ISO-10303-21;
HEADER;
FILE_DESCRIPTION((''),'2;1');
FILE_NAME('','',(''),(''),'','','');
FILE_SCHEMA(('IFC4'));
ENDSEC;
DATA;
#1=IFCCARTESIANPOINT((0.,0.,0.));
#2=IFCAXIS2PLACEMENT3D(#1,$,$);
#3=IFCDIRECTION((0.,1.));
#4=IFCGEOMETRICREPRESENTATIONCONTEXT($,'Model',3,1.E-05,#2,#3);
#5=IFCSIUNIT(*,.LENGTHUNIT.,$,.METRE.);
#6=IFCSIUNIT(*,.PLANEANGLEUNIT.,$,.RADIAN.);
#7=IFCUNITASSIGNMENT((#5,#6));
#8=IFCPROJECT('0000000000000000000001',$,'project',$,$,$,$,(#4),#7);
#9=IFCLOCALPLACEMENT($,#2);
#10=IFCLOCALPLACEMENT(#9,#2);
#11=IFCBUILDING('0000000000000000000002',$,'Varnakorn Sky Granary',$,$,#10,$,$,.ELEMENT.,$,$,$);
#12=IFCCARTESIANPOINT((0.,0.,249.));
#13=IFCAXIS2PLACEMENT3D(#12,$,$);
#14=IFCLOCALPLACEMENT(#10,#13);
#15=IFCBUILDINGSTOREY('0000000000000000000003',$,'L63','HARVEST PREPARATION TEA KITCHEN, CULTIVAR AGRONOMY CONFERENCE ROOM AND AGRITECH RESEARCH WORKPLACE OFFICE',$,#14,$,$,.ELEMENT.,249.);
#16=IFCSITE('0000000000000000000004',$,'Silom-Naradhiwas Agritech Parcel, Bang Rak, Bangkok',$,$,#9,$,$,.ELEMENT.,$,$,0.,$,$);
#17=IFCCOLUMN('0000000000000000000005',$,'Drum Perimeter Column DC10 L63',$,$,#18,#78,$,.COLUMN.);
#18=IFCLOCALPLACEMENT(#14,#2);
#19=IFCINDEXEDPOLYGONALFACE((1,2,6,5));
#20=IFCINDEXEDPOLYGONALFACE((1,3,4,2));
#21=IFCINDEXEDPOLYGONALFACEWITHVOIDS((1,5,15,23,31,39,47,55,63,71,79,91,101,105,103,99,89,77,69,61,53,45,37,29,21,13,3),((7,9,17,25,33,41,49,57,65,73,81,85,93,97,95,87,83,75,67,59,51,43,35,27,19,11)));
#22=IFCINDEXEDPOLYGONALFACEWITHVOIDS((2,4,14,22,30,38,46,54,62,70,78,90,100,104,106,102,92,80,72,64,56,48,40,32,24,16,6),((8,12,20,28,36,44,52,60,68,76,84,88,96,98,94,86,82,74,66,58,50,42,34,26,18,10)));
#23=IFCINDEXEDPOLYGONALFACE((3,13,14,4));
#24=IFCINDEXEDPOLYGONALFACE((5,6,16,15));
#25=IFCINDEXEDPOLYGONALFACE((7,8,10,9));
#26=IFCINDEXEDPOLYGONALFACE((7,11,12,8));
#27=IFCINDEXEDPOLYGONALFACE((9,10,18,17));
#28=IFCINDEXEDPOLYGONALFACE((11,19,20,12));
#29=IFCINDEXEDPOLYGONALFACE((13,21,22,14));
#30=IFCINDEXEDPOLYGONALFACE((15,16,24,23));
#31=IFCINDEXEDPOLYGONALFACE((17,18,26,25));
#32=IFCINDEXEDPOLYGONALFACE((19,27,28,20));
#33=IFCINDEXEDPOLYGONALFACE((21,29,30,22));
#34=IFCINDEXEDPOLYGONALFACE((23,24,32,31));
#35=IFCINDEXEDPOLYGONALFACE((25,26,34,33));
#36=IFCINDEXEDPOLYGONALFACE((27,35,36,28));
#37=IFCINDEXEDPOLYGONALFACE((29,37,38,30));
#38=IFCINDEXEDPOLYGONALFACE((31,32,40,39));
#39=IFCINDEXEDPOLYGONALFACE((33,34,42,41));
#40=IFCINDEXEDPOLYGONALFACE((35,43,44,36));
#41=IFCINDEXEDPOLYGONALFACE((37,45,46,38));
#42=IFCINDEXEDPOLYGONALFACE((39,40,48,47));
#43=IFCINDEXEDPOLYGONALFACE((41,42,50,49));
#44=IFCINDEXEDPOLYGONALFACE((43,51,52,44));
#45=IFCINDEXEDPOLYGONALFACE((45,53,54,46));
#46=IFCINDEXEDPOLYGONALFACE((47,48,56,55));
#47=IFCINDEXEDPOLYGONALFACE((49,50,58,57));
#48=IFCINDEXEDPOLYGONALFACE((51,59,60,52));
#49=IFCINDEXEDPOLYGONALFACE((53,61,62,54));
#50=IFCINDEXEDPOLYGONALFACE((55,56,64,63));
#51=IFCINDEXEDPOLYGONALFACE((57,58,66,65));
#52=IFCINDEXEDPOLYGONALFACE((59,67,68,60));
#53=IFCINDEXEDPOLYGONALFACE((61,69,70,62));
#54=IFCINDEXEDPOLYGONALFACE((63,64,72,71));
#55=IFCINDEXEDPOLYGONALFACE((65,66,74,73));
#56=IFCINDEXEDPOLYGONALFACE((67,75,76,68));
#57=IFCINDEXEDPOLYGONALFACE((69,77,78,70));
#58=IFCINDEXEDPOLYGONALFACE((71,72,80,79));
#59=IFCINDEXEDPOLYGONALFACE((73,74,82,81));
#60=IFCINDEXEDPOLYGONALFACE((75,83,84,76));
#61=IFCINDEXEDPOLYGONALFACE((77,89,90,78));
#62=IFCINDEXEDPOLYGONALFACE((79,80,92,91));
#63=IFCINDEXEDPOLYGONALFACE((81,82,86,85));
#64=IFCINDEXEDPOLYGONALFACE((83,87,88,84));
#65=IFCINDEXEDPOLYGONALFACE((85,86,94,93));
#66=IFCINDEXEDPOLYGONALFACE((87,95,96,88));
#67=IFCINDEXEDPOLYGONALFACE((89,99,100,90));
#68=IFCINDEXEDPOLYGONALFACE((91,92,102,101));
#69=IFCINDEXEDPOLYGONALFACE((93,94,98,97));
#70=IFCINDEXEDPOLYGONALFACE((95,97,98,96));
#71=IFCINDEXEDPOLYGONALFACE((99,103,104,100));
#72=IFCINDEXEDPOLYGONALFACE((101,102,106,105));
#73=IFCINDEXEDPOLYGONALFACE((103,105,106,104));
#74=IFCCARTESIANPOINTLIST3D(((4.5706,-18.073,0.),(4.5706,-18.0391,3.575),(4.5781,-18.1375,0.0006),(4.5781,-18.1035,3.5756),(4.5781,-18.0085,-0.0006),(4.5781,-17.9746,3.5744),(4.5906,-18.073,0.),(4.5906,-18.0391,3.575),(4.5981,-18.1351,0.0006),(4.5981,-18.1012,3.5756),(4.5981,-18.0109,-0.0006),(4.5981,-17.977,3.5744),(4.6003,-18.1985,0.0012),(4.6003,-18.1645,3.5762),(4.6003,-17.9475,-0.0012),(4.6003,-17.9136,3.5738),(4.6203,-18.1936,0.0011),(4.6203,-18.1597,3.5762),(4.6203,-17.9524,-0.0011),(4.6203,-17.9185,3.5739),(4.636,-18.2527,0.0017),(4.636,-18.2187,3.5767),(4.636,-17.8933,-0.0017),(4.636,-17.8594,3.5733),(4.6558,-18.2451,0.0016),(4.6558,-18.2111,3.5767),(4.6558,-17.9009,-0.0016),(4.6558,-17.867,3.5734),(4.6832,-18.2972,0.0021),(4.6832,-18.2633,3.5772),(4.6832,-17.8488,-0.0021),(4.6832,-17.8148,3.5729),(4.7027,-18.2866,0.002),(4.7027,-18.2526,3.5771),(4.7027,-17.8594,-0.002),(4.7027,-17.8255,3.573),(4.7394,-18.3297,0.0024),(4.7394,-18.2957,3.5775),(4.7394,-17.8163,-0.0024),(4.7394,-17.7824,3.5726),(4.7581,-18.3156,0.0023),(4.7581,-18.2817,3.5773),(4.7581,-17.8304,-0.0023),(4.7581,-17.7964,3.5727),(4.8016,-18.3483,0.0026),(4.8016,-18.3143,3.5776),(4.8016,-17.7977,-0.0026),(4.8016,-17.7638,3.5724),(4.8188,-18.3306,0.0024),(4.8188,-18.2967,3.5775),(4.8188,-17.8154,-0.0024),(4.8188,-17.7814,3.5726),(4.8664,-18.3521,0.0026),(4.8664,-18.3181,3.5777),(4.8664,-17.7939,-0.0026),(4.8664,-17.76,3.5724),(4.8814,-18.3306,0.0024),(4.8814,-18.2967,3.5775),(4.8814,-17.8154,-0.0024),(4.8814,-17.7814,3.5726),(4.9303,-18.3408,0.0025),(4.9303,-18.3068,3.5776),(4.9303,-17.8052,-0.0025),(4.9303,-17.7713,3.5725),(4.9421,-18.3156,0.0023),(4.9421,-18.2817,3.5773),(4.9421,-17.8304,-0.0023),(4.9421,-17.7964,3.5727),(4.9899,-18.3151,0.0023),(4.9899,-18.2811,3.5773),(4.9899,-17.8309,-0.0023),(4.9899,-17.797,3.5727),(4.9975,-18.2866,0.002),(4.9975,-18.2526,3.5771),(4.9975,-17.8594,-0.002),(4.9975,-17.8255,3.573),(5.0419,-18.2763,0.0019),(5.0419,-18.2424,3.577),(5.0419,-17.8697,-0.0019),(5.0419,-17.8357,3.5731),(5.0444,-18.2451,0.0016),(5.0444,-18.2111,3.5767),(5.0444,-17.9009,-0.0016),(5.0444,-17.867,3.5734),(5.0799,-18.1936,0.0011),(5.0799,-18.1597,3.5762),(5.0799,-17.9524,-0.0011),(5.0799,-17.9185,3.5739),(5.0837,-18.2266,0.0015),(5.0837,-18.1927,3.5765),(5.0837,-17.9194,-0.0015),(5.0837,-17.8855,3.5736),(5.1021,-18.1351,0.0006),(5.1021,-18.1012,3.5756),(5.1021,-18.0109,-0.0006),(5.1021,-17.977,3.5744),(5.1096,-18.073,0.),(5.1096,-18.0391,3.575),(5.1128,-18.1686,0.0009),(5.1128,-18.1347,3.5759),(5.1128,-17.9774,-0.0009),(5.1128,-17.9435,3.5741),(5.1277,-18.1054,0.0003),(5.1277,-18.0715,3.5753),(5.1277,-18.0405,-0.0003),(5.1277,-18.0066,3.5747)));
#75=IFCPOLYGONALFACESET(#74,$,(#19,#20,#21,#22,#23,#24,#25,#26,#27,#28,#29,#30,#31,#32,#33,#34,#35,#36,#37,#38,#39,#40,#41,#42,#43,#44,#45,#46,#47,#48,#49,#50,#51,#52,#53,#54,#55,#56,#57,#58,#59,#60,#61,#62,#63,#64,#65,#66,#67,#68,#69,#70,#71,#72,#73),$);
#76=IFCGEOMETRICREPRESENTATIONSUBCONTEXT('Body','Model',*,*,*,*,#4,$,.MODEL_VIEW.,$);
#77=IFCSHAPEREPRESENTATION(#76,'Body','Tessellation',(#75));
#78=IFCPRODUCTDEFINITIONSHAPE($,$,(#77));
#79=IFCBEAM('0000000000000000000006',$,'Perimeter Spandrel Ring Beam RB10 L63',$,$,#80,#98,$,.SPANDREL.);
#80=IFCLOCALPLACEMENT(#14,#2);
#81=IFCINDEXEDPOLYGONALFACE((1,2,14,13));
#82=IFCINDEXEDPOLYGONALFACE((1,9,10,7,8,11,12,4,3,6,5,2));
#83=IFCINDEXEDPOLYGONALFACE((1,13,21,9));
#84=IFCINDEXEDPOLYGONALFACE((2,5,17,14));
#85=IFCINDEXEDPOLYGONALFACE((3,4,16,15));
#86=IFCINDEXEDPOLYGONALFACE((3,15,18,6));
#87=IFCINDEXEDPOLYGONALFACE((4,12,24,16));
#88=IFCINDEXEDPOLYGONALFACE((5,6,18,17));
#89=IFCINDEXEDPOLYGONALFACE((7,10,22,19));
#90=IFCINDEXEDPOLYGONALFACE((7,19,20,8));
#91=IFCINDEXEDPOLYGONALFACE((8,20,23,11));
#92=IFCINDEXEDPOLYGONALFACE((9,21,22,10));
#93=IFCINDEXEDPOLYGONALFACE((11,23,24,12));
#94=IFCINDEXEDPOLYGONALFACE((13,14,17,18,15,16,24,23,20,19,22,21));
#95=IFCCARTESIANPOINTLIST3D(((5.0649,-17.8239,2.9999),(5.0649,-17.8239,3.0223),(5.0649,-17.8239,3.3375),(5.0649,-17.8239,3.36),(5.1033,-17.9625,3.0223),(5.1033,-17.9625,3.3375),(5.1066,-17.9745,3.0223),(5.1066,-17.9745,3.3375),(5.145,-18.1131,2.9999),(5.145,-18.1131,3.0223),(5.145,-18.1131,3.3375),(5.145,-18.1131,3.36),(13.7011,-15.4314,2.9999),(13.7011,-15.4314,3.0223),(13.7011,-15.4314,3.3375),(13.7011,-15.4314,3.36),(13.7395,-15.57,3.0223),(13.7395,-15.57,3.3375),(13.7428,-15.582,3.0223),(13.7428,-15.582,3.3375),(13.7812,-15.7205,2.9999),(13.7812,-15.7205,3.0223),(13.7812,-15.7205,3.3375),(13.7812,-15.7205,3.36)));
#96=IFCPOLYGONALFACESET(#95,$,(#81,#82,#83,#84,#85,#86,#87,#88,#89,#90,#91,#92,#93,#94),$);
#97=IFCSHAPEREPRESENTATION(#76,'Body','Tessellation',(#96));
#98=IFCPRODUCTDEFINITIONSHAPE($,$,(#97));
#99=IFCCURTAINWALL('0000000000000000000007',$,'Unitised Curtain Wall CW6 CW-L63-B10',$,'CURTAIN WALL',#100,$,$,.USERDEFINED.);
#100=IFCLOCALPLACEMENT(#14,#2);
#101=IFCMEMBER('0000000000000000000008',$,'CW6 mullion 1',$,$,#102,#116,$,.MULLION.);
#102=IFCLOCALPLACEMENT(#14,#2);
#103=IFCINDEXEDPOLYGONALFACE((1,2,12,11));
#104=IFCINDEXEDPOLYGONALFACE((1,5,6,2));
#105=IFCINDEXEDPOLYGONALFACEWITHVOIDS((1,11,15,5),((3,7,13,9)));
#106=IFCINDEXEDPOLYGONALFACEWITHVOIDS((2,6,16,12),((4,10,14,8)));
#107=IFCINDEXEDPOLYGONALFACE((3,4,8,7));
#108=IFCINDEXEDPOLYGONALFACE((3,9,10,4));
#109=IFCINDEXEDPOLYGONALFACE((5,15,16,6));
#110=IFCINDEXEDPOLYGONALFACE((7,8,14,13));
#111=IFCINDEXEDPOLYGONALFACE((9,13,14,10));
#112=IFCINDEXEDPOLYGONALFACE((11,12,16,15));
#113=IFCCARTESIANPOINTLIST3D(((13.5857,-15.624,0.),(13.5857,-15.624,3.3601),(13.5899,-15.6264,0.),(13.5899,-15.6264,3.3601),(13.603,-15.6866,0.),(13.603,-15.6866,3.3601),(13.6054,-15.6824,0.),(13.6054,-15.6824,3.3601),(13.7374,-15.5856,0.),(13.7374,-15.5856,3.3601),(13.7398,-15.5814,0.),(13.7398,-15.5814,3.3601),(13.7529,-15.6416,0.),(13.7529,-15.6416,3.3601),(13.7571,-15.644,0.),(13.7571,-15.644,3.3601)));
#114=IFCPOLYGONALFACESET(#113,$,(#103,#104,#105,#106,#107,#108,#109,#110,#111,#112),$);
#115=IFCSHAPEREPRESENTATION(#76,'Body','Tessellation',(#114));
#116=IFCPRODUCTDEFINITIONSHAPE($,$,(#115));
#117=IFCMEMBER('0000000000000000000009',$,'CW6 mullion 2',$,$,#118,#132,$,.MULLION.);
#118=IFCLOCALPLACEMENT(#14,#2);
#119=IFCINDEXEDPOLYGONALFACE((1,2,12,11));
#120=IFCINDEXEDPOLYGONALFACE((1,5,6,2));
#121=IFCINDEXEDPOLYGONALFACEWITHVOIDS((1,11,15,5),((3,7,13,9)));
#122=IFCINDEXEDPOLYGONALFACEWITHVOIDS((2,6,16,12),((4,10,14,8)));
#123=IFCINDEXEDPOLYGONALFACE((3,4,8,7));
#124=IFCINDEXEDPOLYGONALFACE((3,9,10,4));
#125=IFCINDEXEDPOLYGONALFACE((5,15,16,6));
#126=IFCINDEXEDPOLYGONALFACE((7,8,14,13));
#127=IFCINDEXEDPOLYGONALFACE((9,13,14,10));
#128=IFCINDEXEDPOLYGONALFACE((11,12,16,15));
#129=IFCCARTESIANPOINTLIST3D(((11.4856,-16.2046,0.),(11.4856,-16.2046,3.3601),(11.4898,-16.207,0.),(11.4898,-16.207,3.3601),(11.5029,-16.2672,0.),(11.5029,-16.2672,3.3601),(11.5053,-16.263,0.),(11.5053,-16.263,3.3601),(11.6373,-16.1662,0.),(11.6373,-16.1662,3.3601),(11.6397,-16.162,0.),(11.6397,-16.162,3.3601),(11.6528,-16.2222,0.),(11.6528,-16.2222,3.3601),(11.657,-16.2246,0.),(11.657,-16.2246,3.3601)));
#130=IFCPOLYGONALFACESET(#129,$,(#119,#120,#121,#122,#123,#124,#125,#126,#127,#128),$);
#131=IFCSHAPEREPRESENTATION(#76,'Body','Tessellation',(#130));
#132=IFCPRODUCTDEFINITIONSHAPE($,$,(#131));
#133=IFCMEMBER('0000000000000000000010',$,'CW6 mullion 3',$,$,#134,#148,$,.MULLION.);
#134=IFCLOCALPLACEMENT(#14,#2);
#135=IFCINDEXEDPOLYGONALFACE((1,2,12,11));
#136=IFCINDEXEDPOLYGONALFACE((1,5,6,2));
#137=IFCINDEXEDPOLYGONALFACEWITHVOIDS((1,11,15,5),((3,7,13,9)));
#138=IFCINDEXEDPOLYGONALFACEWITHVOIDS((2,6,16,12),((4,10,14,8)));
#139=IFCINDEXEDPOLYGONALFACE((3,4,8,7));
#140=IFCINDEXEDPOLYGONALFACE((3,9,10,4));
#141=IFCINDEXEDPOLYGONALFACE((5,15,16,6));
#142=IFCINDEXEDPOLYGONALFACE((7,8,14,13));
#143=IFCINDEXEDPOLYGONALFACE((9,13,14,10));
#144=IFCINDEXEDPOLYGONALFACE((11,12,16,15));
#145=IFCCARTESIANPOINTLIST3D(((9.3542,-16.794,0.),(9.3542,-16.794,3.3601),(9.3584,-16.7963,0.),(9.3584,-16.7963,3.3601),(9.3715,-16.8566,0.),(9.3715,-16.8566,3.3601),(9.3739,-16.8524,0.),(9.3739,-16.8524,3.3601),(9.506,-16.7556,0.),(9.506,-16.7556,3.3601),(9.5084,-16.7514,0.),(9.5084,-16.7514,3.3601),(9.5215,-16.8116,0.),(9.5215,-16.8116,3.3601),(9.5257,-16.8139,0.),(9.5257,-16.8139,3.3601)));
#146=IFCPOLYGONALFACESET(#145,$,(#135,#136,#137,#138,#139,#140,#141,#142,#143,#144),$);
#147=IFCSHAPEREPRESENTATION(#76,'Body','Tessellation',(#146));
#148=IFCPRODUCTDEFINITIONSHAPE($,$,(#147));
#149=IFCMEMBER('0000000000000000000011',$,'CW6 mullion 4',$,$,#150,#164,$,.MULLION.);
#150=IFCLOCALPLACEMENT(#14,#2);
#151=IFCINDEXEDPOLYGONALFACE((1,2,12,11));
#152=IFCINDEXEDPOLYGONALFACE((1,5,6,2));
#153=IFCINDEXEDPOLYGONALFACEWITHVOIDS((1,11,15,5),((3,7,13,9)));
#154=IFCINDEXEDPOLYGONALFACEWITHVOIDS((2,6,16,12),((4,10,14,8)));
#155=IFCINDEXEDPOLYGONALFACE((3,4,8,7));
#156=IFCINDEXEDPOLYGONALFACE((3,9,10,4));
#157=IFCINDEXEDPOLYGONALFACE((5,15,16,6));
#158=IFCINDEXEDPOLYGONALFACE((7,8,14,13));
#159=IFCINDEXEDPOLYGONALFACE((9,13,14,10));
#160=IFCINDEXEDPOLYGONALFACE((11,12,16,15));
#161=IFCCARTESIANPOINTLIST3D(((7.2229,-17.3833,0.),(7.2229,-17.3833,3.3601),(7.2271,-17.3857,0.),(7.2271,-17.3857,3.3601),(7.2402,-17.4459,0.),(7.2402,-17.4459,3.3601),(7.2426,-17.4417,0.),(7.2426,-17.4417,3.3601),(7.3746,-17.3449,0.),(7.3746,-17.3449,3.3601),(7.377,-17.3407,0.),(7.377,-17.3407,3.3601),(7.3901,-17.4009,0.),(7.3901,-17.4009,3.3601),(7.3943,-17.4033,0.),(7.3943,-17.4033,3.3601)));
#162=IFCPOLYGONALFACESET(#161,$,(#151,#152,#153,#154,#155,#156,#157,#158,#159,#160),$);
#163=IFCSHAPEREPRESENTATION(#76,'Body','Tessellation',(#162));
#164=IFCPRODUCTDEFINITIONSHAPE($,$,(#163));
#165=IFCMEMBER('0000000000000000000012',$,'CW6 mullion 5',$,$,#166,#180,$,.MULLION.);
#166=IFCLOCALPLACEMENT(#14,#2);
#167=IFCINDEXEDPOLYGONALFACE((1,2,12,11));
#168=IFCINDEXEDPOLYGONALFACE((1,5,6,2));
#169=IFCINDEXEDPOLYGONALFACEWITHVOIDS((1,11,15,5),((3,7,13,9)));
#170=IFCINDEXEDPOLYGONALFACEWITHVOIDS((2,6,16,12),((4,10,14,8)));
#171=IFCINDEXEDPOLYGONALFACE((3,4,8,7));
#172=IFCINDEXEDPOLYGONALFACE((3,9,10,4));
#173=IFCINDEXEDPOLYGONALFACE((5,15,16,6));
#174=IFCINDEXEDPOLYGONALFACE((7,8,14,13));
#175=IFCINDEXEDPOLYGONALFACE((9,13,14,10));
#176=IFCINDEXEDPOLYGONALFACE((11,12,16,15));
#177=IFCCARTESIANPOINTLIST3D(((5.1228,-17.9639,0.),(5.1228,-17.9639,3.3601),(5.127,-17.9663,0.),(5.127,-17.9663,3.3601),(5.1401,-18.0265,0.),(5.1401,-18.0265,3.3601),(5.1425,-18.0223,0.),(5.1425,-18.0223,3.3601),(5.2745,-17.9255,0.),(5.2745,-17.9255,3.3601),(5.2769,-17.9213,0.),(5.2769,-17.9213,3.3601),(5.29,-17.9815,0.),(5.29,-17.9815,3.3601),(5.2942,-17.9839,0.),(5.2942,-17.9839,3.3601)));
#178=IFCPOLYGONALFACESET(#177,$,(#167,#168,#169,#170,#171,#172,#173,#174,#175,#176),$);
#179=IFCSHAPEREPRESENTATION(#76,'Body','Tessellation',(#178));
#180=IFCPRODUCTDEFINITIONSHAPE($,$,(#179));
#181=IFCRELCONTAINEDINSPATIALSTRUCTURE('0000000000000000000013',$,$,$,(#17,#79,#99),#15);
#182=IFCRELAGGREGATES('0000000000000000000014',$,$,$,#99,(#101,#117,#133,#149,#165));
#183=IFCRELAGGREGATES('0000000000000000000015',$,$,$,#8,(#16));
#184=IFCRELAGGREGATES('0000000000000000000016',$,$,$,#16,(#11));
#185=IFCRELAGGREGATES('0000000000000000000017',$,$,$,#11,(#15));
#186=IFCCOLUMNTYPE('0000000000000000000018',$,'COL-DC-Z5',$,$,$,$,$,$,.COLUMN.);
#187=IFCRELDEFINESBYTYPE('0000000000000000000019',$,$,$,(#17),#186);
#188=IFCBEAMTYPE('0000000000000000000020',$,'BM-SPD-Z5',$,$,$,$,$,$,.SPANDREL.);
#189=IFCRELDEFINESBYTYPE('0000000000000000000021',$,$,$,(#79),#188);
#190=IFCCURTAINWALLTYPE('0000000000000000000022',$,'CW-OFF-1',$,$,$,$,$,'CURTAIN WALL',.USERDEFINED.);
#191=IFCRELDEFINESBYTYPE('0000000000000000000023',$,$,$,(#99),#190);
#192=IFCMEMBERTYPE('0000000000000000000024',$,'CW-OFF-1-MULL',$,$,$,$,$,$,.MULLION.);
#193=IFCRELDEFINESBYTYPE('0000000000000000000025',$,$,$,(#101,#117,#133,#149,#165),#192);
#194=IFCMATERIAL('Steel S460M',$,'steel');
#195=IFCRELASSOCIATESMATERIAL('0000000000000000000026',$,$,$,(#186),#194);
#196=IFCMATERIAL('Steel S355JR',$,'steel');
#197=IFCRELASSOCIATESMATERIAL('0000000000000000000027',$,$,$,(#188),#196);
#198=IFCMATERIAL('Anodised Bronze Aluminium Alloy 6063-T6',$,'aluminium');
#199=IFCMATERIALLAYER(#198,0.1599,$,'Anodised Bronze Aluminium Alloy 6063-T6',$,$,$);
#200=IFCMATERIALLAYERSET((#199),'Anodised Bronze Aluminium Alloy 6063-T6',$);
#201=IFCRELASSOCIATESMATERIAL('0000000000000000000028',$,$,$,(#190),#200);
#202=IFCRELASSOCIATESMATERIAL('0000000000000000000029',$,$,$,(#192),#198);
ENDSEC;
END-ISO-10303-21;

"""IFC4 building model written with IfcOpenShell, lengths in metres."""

from ifc_helpers import new_model, si_unit, direction, frame, origin, origin_2d, place, context, subcontext, project, spatial, hollow_rectangle, hollow_circle, i_section, extrude, material, layer, layer_set, material_profile, profile_set, type_object, element, aggregate, save


model = new_model("IFC4")

# Units and contexts
model_context = context("Model", 3, precision=1e-05, world=origin(), true_north=direction((0.0, 1.0)))
body_context = subcontext(model_context, "Body", "Model", "MODEL_VIEW")
ifc_project = project(units=[si_unit("LENGTHUNIT", "METRE"), si_unit("PLANEANGLEUNIT", "RADIAN")], contexts=[model_context])

# Site, building, storey
site_placement = place(None, origin())
site = spatial("IfcSite", under=ifc_project, at=site_placement, Name="Silom-Naradhiwas Agritech Parcel, Bang Rak, Bangkok", CompositionType="ELEMENT", RefElevation=0.0)
building_placement = place(site_placement, origin())
building = spatial("IfcBuilding", under=site, at=building_placement, Name="Varnakorn Sky Granary", CompositionType="ELEMENT")
storey_placement = place(building_placement, frame((0.0, 0.0, 249.0)))
storey = spatial("IfcBuildingStorey", under=building, at=storey_placement, Name="L63", Description="HARVEST PREPARATION TEA KITCHEN, CULTIVAR AGRONOMY CONFERENCE ROOM AND AGRITECH RESEARCH WORKPLACE OFFICE", CompositionType="ELEMENT", Elevation=249.0)

# Column
ifc_material_1 = material(Name="Steel S460M", Category="steel")
ifc_material_profile_1 = material_profile(ifc_material_1, hollow_circle(Radius=0.2795, WallThickness=0.02, at=origin_2d()), Name="CHS 559x20")
ifc_profile_set_1 = profile_set([ifc_material_profile_1], Name="Steel S460M")
column_type = type_object("IfcColumnType", Name="COL-DC-Z5", PredefinedType="COLUMN", material=ifc_profile_set_1)
column_placement = place(storey_placement, frame((4.8501, -18.073, 0.0), z_axis=(0.0, 0.009492, 0.999955), x_axis=(-1.0, 0.0, 0.0)))
element("IfcColumn", 1, at=column_placement, inside=storey, type_object=column_type, Name="Drum Perimeter Column DC10 L63", PredefinedType="COLUMN", context=body_context, shape_type="SweptSolid", body=[
    extrude(hollow_circle(Radius=0.2795, WallThickness=0.02, at=origin_2d()), origin(), (0.0, 0.0, 1.0), 3.5752),
])

# Beam
ifc_material_2 = material(Name="Steel S355JR", Category="steel")
ifc_material_profile_2 = material_profile(ifc_material_2, i_section(OverallWidth=0.3, OverallDepth=0.3601, WebThickness=0.0125, FlangeThickness=0.0225, at=origin_2d()), Name="HE 360 B")
ifc_profile_set_2 = profile_set([ifc_material_profile_2], Name="Steel S355JR")
beam_type = type_object("IfcBeamType", Name="BM-SPD-Z5", PredefinedType="SPANDREL", material=ifc_profile_set_2)
beam_placement = place(storey_placement, frame((5.105, -17.9685, 3.1799), z_axis=(0.963701, 0.266983, 0.0), x_axis=(-0.266983, 0.963701, 0.0)))
element("IfcBeam", 2, at=beam_placement, inside=storey, type_object=beam_type, Name="Perimeter Spandrel Ring Beam RB10 L63", PredefinedType="SPANDREL", context=body_context, shape_type="SweptSolid", body=[
    extrude(i_section(OverallWidth=0.3, OverallDepth=0.3601, WebThickness=0.0125, FlangeThickness=0.0225, at=origin_2d()), origin(), (0.0, 0.0, 1.0), 8.9614),
])

# Curtain wall, members
ifc_material_3 = material(Name="Anodised Bronze Aluminium Alloy 6063-T6", Category="aluminium")
ifc_layer_1 = layer(ifc_material_3, 0.1599, Name="Anodised Bronze Aluminium Alloy 6063-T6")
ifc_layer_set_1 = layer_set([ifc_layer_1], Name="Anodised Bronze Aluminium Alloy 6063-T6")
curtain_wall_type = type_object("IfcCurtainWallType", Name="CW-OFF-1", ElementType="CURTAIN WALL", PredefinedType="USERDEFINED", material=ifc_layer_set_1)
curtain_wall_placement = place(storey_placement, origin())
curtain_wall = element("IfcCurtainWall", 3, at=curtain_wall_placement, inside=storey, type_object=curtain_wall_type, Name="Unitised Curtain Wall CW6 CW-L63-B10", ObjectType="CURTAIN WALL", PredefinedType="USERDEFINED")
ifc_material_profile_3 = material_profile(ifc_material_3, hollow_rectangle(XDim=0.0649, YDim=0.1599, WallThickness=0.0034, at=origin_2d()), Name="ALU MULL 65x160")
ifc_profile_set_3 = profile_set([ifc_material_profile_3], Name="Anodised Bronze Aluminium Alloy 6063-T6")
member_type_1 = type_object("IfcMemberType", Name="CW-OFF-1-MULL", PredefinedType="MULLION", material=ifc_profile_set_3)
member_1_placement = place(storey_placement, frame((13.6714, -15.634, 0.0), z_axis=(0.0, 0.0, 1.0), x_axis=(0.266487, -0.963839, 0.0)))
member_1 = element("IfcMember", 4, at=member_1_placement, type_object=member_type_1, Name="CW6 mullion 1", PredefinedType="MULLION", context=body_context, shape_type="SweptSolid", body=[
    extrude(hollow_rectangle(XDim=0.0649, YDim=0.1599, WallThickness=0.0034, at=origin_2d()), origin(), (0.0, 0.0, 1.0), 3.3601),
])
member_2_placement = place(storey_placement, frame((11.5713, -16.2146, 0.0), z_axis=(0.0, 0.0, 1.0), x_axis=(0.266487, -0.963839, 0.0)))
member_2 = element("IfcMember", 5, at=member_2_placement, type_object=member_type_1, Name="CW6 mullion 2", PredefinedType="MULLION", context=body_context, shape_type="SweptSolid", body=[
    extrude(hollow_rectangle(XDim=0.0649, YDim=0.1599, WallThickness=0.0034, at=origin_2d()), origin(), (0.0, 0.0, 1.0), 3.3601),
])
member_3_placement = place(storey_placement, frame((9.4399, -16.804, 0.0), z_axis=(0.0, 0.0, 1.0), x_axis=(0.266487, -0.963839, 0.0)))
member_3 = element("IfcMember", 6, at=member_3_placement, type_object=member_type_1, Name="CW6 mullion 3", PredefinedType="MULLION", context=body_context, shape_type="SweptSolid", body=[
    extrude(hollow_rectangle(XDim=0.0649, YDim=0.1599, WallThickness=0.0034, at=origin_2d()), origin(), (0.0, 0.0, 1.0), 3.3601),
])
member_4_placement = place(storey_placement, frame((7.3086, -17.3933, 0.0), z_axis=(0.0, 0.0, 1.0), x_axis=(0.266487, -0.963839, 0.0)))
member_4 = element("IfcMember", 7, at=member_4_placement, type_object=member_type_1, Name="CW6 mullion 4", PredefinedType="MULLION", context=body_context, shape_type="SweptSolid", body=[
    extrude(hollow_rectangle(XDim=0.0649, YDim=0.1599, WallThickness=0.0034, at=origin_2d()), origin(), (0.0, 0.0, 1.0), 3.3601),
])
member_5_placement = place(storey_placement, frame((5.2085, -17.9739, 0.0), z_axis=(0.0, 0.0, 1.0), x_axis=(0.266487, -0.963839, 0.0)))
member_5 = element("IfcMember", 8, at=member_5_placement, type_object=member_type_1, Name="CW6 mullion 5", PredefinedType="MULLION", context=body_context, shape_type="SweptSolid", body=[
    extrude(hollow_rectangle(XDim=0.0649, YDim=0.1599, WallThickness=0.0034, at=origin_2d()), origin(), (0.0, 0.0, 1.0), 3.3601),
])
aggregate(curtain_wall, [member_1, member_2, member_3, member_4, member_5])

save(model, "model.ifc")
